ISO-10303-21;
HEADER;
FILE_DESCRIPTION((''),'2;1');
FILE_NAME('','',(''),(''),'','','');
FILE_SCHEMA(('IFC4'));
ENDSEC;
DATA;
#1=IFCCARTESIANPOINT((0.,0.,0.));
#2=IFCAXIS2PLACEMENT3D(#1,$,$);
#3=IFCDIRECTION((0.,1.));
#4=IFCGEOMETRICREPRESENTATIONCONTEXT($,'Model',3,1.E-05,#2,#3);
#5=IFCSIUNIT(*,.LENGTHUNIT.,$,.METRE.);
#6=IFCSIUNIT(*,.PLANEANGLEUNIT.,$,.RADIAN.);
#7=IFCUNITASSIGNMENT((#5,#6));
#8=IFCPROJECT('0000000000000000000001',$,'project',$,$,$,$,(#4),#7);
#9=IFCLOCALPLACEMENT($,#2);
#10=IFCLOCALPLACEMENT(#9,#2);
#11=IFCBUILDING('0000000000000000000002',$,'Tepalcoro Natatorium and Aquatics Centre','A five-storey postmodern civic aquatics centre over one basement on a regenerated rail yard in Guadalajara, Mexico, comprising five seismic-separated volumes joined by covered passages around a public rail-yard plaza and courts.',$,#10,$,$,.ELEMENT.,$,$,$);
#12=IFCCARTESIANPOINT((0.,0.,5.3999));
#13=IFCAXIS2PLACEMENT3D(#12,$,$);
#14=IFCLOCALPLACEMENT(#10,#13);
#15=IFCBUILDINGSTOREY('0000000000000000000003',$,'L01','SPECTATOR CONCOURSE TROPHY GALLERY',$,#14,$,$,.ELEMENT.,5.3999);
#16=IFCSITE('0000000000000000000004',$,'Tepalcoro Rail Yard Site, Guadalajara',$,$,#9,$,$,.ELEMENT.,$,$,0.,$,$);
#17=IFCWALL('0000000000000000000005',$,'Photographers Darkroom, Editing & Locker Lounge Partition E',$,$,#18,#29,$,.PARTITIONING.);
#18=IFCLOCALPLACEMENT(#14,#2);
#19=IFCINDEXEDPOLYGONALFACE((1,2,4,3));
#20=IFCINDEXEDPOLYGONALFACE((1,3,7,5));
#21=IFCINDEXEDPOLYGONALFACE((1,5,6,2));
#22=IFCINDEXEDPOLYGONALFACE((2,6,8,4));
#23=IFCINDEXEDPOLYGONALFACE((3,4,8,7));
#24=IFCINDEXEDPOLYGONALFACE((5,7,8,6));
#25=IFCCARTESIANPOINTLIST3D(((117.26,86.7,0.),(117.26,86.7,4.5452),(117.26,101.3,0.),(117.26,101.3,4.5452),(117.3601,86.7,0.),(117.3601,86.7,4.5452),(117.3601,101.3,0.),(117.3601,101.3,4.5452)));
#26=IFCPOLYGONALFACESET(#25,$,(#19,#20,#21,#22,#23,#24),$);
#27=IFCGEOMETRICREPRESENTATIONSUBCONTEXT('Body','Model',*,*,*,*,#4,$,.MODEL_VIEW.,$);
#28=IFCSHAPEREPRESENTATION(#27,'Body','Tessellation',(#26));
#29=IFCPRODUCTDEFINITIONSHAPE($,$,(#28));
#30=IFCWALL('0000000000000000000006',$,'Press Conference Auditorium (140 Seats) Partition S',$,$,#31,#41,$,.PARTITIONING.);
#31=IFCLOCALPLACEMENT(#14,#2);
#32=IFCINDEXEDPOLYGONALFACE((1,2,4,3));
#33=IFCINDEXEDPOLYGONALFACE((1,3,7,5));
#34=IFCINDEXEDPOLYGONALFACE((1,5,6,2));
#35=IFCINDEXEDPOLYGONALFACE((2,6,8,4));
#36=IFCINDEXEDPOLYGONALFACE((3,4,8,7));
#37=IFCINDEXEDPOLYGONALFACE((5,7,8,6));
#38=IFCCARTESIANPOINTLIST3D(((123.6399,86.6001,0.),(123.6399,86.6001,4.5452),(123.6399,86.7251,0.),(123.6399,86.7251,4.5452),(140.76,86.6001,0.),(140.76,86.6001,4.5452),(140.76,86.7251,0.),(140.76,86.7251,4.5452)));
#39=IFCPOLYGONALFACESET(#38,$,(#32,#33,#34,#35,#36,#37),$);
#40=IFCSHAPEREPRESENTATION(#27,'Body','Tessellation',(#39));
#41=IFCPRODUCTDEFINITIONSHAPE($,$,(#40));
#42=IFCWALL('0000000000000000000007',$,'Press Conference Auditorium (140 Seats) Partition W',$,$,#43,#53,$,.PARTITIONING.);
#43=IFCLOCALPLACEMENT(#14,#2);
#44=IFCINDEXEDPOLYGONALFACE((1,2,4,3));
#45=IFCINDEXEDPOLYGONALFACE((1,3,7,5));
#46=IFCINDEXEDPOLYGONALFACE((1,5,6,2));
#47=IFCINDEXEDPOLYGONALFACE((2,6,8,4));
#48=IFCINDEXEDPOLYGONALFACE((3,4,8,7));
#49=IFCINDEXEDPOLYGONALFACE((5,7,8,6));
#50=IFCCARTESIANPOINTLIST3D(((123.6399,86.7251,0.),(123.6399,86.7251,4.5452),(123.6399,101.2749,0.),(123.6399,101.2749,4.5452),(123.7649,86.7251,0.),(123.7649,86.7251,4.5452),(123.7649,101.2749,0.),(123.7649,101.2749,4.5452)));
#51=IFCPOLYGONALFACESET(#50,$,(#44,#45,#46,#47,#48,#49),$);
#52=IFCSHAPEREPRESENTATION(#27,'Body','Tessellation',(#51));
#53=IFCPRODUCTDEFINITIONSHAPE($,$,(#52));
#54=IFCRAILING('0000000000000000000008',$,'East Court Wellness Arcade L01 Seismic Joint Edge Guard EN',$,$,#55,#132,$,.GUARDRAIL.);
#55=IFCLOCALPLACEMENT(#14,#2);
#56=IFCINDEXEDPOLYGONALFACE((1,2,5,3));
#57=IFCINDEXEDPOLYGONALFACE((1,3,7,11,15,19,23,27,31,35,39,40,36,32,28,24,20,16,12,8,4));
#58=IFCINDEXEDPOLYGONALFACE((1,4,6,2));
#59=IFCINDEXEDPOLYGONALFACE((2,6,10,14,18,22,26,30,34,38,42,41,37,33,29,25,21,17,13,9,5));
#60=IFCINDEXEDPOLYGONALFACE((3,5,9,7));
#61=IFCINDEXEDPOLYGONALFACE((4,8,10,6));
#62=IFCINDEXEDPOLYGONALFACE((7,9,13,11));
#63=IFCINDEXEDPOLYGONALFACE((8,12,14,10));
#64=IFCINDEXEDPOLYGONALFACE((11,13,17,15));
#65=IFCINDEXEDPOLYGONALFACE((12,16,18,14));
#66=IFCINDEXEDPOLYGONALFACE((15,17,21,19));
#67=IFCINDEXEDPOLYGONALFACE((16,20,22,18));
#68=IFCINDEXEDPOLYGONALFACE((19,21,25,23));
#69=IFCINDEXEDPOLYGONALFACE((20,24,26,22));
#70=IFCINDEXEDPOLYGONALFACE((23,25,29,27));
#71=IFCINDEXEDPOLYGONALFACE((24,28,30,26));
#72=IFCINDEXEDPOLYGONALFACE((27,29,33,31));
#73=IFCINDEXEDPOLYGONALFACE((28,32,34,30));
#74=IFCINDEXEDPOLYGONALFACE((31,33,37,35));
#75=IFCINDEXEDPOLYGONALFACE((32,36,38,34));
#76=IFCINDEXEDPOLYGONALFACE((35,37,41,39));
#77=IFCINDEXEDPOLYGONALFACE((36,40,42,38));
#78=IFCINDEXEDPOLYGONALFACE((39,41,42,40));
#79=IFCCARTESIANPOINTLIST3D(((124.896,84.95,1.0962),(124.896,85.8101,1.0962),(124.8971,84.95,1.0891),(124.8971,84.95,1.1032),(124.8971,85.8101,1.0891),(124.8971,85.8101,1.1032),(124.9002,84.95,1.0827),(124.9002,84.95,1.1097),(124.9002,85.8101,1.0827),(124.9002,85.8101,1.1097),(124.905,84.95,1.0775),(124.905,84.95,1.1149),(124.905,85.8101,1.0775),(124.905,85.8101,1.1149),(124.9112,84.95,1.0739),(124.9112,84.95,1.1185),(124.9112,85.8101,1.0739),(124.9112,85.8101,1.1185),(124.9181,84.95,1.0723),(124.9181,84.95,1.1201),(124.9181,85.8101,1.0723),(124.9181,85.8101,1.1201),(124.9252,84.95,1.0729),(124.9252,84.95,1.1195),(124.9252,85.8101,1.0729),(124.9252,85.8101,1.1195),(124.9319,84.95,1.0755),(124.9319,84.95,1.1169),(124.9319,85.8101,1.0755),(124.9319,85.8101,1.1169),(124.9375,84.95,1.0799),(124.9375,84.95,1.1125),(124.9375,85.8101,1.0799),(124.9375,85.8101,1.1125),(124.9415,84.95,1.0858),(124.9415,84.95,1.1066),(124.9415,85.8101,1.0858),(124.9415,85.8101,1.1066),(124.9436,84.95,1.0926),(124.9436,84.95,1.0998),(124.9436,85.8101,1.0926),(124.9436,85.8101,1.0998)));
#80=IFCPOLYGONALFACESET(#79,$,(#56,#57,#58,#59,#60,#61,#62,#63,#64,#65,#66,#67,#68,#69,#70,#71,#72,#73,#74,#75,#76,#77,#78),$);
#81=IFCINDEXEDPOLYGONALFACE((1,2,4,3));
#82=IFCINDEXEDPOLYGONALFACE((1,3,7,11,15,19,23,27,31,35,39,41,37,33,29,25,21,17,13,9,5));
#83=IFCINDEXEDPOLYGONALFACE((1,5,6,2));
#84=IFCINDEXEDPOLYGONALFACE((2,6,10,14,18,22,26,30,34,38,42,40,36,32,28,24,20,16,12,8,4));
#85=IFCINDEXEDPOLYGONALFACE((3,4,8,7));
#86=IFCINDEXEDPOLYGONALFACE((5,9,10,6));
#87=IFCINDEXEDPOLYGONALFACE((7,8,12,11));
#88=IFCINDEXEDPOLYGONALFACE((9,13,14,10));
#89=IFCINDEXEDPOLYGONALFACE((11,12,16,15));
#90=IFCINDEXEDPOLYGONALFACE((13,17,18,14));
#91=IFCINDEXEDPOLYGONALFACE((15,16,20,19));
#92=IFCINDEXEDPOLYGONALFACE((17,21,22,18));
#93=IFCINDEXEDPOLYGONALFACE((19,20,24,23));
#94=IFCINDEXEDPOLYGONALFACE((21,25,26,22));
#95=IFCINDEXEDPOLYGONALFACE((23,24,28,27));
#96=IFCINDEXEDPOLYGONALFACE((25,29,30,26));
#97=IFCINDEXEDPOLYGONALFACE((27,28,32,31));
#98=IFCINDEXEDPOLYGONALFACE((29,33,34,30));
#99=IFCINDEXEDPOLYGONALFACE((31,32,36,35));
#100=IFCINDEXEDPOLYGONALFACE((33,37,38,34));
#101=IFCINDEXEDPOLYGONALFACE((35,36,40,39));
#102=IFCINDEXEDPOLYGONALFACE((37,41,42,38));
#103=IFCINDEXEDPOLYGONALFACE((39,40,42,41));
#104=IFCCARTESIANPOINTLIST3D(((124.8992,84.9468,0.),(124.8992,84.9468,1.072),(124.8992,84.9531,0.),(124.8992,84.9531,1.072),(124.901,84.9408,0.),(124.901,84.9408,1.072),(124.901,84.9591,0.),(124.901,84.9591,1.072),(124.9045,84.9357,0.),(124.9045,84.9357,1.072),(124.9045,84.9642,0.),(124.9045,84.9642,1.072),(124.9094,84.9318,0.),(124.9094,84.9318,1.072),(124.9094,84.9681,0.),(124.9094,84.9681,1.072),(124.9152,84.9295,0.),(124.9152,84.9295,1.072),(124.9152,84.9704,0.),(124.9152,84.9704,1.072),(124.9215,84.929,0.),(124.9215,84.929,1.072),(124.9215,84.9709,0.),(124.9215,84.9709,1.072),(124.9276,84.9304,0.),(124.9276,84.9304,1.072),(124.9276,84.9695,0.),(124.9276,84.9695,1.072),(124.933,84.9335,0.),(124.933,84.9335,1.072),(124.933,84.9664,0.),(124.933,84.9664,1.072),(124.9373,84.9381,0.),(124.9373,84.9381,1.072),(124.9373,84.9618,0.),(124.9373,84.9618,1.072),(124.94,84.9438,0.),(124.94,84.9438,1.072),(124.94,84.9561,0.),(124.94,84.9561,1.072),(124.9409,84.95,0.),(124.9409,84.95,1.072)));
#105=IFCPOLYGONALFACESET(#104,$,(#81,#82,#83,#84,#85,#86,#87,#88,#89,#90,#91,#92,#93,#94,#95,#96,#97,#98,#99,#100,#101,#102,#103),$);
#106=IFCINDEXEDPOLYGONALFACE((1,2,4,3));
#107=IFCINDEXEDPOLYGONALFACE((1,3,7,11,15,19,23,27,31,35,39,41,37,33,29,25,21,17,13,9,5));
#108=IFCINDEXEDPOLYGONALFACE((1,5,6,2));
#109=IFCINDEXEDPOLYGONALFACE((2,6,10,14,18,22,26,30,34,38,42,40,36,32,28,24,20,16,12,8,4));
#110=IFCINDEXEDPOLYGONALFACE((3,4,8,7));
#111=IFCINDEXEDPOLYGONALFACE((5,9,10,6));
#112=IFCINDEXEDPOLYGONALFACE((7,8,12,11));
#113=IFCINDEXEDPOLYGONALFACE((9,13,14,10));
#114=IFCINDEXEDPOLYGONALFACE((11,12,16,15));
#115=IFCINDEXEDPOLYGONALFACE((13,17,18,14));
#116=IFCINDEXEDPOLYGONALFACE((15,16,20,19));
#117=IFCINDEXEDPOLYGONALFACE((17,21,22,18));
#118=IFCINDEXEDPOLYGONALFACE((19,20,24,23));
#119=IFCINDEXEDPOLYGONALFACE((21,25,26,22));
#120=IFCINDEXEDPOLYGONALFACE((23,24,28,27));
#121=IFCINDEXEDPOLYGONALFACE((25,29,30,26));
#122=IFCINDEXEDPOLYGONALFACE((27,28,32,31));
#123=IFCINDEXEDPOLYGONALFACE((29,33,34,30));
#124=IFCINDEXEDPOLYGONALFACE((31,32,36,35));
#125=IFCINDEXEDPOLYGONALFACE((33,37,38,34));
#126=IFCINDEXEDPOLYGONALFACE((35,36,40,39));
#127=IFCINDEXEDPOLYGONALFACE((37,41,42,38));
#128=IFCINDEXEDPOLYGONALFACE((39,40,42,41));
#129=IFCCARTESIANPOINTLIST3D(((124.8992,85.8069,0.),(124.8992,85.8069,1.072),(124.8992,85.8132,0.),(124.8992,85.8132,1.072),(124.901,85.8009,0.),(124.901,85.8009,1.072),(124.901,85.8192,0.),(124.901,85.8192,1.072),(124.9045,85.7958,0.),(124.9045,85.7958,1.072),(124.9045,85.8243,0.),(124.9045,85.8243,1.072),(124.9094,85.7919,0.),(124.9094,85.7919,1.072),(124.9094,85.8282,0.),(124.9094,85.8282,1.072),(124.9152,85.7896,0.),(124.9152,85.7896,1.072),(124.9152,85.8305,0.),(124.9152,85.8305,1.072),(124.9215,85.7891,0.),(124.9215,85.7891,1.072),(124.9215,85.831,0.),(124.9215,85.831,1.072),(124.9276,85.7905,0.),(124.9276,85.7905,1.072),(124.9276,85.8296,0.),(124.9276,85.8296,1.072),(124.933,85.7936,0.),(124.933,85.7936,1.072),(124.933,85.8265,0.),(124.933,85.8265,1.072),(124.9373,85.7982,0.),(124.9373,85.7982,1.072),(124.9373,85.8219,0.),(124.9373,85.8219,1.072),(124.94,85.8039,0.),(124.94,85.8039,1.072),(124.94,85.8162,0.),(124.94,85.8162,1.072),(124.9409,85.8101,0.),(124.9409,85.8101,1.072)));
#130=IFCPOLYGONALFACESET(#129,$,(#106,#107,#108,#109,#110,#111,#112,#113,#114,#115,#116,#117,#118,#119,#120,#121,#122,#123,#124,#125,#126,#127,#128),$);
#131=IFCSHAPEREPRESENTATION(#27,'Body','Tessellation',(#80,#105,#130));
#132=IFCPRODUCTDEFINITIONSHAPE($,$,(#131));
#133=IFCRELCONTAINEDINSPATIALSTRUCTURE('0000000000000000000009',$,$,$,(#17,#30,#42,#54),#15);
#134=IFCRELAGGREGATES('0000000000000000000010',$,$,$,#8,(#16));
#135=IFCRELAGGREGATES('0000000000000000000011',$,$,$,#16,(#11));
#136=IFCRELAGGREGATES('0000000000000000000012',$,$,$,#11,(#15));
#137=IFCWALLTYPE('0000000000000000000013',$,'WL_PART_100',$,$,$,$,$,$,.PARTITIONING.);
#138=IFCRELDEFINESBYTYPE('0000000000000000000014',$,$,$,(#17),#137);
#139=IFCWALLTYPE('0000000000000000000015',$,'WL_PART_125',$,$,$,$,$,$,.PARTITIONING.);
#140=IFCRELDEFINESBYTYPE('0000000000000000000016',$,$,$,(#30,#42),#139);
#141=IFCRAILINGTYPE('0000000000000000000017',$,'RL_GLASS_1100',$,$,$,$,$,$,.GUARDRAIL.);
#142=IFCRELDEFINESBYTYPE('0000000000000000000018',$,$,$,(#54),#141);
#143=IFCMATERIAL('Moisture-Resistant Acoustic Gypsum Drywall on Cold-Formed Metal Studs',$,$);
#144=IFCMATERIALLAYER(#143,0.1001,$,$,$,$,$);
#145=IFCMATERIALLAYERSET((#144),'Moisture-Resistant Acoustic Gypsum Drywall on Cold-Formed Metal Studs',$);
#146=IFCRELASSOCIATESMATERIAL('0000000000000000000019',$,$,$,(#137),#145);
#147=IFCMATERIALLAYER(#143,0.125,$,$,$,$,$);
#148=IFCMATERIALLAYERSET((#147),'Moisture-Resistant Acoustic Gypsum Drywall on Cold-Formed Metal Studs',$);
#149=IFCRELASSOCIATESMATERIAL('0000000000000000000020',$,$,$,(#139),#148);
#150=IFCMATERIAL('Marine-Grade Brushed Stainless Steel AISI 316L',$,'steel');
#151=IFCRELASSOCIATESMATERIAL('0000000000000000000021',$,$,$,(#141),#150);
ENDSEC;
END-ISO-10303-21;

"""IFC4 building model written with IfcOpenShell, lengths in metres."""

from ifc_helpers import new_model, si_unit, direction, frame, frame_2d, origin, origin_2d, place, context, subcontext, project, spatial, rectangle, circle, extrude, material, layer, layer_set, type_object, element, save


model = new_model("IFC4")

# Units and contexts
model_context = context("Model", 3, precision=1e-05, world=origin(), true_north=direction((0.0, 1.0)))
body_context = subcontext(model_context, "Body", "Model", "MODEL_VIEW")
ifc_project = project(units=[si_unit("LENGTHUNIT", "METRE"), si_unit("PLANEANGLEUNIT", "RADIAN")], contexts=[model_context])

# Site, building, storey
site_placement = place(None, origin())
site = spatial("IfcSite", under=ifc_project, at=site_placement, Name="Tepalcoro Rail Yard Site, Guadalajara", CompositionType="ELEMENT", RefElevation=0.0)
building_placement = place(site_placement, origin())
building = spatial("IfcBuilding", under=site, at=building_placement, Name="Tepalcoro Natatorium and Aquatics Centre", Description="A five-storey postmodern civic aquatics centre over one basement on a regenerated rail yard in Guadalajara, Mexico, comprising five seismic-separated volumes joined by covered passages around a public rail-yard plaza and courts.", CompositionType="ELEMENT")
storey_placement = place(building_placement, frame((0.0, 0.0, 5.3999)))
storey = spatial("IfcBuildingStorey", under=building, at=storey_placement, Name="L01", Description="SPECTATOR CONCOURSE TROPHY GALLERY", CompositionType="ELEMENT", Elevation=5.3999)

# Walls
ifc_material_1 = material(Name="Moisture-Resistant Acoustic Gypsum Drywall on Cold-Formed Metal Studs")
ifc_layer_1 = layer(ifc_material_1, 0.1001)
ifc_layer_set_1 = layer_set([ifc_layer_1], Name="Moisture-Resistant Acoustic Gypsum Drywall on Cold-Formed Metal Studs")
wall_type_1 = type_object("IfcWallType", Name="WL_PART_100", PredefinedType="PARTITIONING", material=ifc_layer_set_1)
wall_1_placement = place(storey_placement, frame((117.3101, 86.7, 0.0), z_axis=(0.0, 0.0, 1.0), x_axis=(0.0, 1.0, 0.0)))
element("IfcWall", 1, at=wall_1_placement, inside=storey, type_object=wall_type_1, Name="Photographers Darkroom, Editing & Locker Lounge Partition E", PredefinedType="PARTITIONING", context=body_context, shape_type="SweptSolid", body=[
    extrude(rectangle(XDim=14.6001, YDim=0.1001, at=frame_2d((7.3, 0.0))), origin(), (0.0, 0.0, 1.0), 4.5452),
])
ifc_layer_2 = layer(ifc_material_1, 0.125)
ifc_layer_set_2 = layer_set([ifc_layer_2], Name="Moisture-Resistant Acoustic Gypsum Drywall on Cold-Formed Metal Studs")
wall_type_2 = type_object("IfcWallType", Name="WL_PART_125", PredefinedType="PARTITIONING", material=ifc_layer_set_2)
wall_2_placement = place(storey_placement, frame((123.6399, 86.6626, 0.0), z_axis=(0.0, 0.0, 1.0), x_axis=(1.0, 0.0, 0.0)))
element("IfcWall", 2, at=wall_2_placement, inside=storey, type_object=wall_type_2, Name="Press Conference Auditorium (140 Seats) Partition S", PredefinedType="PARTITIONING", context=body_context, shape_type="SweptSolid", body=[
    extrude(rectangle(XDim=17.1201, YDim=0.125, at=frame_2d((8.5601, 0.0))), origin(), (0.0, 0.0, 1.0), 4.5452),
])
wall_3_placement = place(storey_placement, frame((123.7024, 86.7251, 0.0), z_axis=(0.0, 0.0, 1.0), x_axis=(0.0, 1.0, 0.0)))
element("IfcWall", 3, at=wall_3_placement, inside=storey, type_object=wall_type_2, Name="Press Conference Auditorium (140 Seats) Partition W", PredefinedType="PARTITIONING", context=body_context, shape_type="SweptSolid", body=[
    extrude(rectangle(XDim=14.5498, YDim=0.125, at=frame_2d((7.2749, 0.0))), origin(), (0.0, 0.0, 1.0), 4.5452),
])

# Railing
ifc_material_2 = material(Name="Marine-Grade Brushed Stainless Steel AISI 316L", Category="steel")
railing_type = type_object("IfcRailingType", Name="RL_GLASS_1100", PredefinedType="GUARDRAIL", material=ifc_material_2)
railing_placement = place(storey_placement, frame((124.9199, 84.95, 0.0)))
element("IfcRailing", 4, at=railing_placement, inside=storey, type_object=railing_type, Name="East Court Wellness Arcade L01 Seismic Joint Edge Guard EN", PredefinedType="GUARDRAIL", context=body_context, shape_type="SweptSolid", body=[
    extrude(circle(Radius=0.0239, at=origin_2d()), frame((0.0, 0.0, 1.0962), z_axis=(0.0, 1.0, 0.0), x_axis=(-1.0, 0.0, 0.0)), (0.0, 0.0, 1.0), 0.8601),
    extrude(circle(Radius=0.021, at=origin_2d()), origin(), (0.0, 0.0, 1.0), 1.072),
    extrude(circle(Radius=0.021, at=origin_2d()), frame((0.0, 0.8601, 0.0)), (0.0, 0.0, 1.0), 1.072),
])

save(model, "model.ifc")
